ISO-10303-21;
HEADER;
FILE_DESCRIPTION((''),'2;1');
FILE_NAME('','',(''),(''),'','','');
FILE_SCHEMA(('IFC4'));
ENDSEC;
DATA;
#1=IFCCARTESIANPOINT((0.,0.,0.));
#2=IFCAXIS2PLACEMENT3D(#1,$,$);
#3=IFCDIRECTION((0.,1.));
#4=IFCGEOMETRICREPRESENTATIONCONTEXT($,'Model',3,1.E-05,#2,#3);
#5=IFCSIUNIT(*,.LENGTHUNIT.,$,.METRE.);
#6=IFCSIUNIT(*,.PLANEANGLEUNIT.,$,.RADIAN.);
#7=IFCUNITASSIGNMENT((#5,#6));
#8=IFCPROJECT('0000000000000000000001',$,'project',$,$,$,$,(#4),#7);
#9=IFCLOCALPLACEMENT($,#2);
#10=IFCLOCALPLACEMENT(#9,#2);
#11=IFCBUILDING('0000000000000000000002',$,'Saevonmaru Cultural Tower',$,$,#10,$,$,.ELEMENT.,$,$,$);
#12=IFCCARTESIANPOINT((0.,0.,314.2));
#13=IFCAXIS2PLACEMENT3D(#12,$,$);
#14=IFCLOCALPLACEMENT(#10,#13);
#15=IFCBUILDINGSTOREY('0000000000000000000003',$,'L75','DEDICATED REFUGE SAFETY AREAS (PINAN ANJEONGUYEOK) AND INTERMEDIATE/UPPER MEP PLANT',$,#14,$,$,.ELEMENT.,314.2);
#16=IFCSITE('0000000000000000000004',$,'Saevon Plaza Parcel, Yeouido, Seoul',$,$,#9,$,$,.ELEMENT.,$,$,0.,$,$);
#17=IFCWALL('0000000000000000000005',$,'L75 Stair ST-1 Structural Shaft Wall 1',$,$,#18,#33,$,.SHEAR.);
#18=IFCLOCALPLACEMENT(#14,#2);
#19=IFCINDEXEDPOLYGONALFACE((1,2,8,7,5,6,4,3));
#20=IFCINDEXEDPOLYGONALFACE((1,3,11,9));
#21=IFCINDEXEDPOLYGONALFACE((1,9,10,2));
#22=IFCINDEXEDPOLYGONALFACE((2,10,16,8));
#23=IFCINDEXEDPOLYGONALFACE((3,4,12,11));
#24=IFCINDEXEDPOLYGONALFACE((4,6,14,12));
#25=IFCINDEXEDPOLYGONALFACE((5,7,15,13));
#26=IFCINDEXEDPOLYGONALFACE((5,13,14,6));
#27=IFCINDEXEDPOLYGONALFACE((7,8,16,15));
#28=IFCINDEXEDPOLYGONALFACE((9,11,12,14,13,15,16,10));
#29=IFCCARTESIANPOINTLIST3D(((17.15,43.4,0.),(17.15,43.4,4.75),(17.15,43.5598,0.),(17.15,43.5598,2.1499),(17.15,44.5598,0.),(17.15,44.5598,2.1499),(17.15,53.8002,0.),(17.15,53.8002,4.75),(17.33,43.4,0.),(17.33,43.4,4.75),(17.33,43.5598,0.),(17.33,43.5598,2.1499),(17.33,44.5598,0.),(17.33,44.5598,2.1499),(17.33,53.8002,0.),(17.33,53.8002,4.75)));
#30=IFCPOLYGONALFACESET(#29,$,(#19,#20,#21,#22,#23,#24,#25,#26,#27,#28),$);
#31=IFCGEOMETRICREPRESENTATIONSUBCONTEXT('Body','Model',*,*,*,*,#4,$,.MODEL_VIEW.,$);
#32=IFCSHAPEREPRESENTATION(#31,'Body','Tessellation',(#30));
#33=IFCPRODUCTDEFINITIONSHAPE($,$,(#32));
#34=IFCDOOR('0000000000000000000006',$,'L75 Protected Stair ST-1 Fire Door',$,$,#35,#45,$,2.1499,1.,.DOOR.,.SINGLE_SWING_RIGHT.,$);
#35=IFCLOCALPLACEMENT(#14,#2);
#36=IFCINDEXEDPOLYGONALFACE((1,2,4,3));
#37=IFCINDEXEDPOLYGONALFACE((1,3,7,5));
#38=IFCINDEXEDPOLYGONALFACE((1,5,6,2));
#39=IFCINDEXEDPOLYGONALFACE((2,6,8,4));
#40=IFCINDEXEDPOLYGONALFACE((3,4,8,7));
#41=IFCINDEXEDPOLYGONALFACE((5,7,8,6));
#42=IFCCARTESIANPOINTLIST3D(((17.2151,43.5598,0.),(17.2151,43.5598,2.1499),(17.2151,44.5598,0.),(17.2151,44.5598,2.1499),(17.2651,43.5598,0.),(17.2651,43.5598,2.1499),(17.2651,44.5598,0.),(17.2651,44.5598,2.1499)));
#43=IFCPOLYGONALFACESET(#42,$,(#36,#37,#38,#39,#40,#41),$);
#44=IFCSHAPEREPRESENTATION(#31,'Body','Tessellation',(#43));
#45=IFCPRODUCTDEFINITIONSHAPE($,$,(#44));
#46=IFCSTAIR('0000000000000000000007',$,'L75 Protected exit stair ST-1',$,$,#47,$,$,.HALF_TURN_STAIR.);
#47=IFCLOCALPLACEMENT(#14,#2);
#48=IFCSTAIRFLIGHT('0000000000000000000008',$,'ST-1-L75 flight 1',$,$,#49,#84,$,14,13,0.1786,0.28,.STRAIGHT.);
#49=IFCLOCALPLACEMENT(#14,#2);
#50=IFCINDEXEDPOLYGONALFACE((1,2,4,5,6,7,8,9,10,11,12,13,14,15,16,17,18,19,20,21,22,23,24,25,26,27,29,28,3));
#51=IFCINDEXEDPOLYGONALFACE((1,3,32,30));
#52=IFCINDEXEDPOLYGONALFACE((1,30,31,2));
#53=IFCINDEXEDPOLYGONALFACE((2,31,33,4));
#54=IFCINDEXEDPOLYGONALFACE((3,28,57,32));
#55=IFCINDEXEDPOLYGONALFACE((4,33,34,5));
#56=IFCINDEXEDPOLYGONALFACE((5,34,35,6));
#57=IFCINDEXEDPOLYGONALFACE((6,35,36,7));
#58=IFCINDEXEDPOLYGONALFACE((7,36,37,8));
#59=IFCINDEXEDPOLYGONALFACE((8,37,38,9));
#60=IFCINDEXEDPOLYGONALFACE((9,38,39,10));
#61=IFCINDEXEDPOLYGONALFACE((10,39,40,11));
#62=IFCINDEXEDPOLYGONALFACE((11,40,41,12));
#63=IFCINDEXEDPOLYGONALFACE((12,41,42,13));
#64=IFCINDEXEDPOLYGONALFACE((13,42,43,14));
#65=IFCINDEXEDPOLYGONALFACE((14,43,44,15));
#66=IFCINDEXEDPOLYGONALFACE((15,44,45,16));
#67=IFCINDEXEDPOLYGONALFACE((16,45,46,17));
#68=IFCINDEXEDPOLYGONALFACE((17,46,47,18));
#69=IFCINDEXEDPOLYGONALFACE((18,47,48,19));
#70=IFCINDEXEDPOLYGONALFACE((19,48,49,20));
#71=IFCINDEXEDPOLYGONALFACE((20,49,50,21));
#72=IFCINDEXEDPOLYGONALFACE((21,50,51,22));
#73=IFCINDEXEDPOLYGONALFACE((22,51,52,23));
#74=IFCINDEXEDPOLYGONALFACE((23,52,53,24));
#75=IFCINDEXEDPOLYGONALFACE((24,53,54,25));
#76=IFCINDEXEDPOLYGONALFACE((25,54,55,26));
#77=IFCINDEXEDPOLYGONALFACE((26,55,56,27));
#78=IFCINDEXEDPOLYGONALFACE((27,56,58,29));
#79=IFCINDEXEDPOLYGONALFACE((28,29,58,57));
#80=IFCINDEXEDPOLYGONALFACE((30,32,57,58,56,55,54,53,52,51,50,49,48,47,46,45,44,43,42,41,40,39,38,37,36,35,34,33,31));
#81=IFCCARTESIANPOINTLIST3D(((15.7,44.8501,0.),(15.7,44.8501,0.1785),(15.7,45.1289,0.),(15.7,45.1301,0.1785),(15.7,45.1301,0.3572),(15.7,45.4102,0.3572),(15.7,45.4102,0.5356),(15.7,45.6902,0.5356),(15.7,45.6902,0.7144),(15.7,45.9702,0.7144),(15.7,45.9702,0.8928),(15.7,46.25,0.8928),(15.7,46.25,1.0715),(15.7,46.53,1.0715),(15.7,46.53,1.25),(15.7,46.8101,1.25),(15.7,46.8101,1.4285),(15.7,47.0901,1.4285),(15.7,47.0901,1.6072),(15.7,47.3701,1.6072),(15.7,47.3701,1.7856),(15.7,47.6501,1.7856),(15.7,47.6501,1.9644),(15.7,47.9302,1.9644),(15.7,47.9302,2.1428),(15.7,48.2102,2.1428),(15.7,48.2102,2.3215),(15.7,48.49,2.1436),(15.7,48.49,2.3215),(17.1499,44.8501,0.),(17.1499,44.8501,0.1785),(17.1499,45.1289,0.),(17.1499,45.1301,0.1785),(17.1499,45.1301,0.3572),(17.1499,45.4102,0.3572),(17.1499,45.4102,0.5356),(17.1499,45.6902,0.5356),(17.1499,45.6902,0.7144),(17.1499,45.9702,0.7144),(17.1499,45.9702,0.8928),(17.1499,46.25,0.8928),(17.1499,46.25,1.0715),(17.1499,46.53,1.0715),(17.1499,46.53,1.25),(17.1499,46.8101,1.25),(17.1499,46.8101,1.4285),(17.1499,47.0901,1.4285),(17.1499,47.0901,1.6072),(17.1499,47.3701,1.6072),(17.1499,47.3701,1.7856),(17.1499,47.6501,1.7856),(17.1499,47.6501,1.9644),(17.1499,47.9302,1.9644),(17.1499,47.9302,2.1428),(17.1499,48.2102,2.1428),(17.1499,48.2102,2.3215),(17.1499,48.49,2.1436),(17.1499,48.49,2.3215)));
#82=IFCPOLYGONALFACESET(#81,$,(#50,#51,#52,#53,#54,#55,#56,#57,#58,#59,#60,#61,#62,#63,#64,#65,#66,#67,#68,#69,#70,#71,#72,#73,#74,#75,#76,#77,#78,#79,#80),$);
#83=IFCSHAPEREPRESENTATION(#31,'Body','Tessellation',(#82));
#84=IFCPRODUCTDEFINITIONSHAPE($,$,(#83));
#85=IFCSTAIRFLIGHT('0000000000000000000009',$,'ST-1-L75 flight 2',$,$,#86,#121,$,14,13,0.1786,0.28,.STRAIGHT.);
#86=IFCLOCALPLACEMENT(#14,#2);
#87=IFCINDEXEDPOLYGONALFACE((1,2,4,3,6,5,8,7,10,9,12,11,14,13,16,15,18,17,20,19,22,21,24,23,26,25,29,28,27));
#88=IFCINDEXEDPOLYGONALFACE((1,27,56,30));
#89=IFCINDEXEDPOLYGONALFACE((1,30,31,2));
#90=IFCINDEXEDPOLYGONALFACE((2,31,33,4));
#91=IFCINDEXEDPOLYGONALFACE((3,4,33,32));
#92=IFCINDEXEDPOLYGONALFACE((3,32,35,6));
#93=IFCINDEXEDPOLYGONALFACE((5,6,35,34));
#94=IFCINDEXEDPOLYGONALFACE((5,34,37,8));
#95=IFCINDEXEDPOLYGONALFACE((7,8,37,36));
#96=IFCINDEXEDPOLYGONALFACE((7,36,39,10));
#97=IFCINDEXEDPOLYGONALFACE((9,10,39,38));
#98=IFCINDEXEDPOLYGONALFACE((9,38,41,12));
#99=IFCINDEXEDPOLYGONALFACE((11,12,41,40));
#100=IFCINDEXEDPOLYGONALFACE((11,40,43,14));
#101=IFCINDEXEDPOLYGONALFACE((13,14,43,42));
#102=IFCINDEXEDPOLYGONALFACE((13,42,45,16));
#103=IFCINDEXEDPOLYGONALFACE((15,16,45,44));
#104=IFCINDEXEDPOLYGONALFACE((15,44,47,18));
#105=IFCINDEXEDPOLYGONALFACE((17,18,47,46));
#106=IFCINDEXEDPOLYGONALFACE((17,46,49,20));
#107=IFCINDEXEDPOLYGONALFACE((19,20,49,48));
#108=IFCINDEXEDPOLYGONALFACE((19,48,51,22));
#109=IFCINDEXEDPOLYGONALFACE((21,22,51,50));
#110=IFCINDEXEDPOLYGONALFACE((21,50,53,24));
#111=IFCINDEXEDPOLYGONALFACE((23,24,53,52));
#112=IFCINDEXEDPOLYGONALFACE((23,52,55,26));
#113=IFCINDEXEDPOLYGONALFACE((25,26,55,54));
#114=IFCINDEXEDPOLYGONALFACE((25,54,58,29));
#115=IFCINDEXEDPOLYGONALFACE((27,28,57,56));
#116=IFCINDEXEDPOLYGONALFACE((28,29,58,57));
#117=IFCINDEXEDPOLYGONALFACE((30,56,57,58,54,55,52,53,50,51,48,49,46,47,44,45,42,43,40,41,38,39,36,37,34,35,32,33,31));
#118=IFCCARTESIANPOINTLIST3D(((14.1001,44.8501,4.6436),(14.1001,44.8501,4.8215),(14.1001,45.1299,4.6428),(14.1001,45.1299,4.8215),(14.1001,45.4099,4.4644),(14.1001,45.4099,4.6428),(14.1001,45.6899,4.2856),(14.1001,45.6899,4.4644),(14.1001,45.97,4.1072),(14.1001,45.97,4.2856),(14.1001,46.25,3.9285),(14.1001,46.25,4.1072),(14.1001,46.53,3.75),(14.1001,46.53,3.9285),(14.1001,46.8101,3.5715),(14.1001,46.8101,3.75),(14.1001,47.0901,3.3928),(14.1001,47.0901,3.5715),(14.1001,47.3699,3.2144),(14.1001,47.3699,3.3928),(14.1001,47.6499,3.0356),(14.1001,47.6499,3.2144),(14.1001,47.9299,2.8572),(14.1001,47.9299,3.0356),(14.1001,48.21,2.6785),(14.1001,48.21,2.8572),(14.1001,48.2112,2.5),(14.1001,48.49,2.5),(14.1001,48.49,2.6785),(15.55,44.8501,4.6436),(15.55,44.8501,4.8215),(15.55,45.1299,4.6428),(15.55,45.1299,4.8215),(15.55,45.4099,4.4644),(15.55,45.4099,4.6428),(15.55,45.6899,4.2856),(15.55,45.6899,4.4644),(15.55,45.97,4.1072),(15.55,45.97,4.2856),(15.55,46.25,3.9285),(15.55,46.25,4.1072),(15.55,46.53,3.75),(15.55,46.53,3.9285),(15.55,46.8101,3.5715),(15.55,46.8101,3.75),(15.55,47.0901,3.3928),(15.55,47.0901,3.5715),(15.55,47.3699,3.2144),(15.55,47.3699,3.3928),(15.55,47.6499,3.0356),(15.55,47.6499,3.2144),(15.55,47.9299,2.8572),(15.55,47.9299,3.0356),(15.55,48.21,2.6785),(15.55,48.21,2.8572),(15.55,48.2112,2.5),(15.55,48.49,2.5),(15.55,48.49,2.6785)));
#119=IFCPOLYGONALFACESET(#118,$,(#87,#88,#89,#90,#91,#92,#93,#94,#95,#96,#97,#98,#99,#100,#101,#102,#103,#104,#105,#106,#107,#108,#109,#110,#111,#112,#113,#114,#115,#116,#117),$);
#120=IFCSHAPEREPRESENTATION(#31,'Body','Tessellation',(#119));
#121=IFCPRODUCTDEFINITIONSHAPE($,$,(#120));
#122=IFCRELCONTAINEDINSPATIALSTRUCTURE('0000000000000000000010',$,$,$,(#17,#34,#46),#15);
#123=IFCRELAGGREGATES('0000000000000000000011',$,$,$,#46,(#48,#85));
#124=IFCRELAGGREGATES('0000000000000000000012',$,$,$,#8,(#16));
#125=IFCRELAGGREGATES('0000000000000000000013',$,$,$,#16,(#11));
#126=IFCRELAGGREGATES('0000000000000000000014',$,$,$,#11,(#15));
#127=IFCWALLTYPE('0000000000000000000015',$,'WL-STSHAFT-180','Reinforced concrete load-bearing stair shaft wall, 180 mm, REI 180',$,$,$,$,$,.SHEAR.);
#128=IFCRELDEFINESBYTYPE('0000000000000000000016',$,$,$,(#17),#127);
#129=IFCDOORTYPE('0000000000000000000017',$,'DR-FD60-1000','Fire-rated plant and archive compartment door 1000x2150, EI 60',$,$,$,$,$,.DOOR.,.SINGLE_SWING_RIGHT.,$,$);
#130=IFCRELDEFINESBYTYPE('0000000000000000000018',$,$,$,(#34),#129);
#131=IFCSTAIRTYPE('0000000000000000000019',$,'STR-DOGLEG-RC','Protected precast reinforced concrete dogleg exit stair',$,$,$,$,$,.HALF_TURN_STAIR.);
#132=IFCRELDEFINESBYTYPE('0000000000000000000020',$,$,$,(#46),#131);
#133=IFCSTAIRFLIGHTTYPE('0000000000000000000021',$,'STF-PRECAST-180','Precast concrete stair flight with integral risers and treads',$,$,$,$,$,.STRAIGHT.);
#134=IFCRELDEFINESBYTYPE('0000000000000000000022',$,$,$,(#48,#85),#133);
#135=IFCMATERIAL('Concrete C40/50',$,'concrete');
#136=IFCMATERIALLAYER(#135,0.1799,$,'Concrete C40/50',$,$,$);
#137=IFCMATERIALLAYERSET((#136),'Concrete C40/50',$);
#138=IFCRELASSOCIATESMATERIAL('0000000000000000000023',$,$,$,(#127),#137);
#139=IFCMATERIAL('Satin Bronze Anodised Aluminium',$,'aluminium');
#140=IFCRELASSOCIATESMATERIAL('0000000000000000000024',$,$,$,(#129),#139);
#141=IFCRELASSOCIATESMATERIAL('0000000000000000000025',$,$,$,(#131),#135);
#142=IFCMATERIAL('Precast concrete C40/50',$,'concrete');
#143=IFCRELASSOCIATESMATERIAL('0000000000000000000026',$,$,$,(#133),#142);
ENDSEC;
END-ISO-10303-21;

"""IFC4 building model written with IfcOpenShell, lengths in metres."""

from ifc_helpers import new_model, si_unit, direction, frame, frame_2d, origin, place, context, subcontext, project, spatial, polyline, rectangle, outline, extrude, material, layer, layer_set, type_object, element, fill, aggregate, save


model = new_model("IFC4")

# Units and contexts
model_context = context("Model", 3, precision=1e-05, world=origin(), true_north=direction((0.0, 1.0)))
body_context = subcontext(model_context, "Body", "Model", "MODEL_VIEW")
ifc_project = project(units=[si_unit("LENGTHUNIT", "METRE"), si_unit("PLANEANGLEUNIT", "RADIAN")], contexts=[model_context])

# Site, building, storey
site_placement = place(None, origin())
site = spatial("IfcSite", under=ifc_project, at=site_placement, Name="Saevon Plaza Parcel, Yeouido, Seoul", CompositionType="ELEMENT", RefElevation=0.0)
building_placement = place(site_placement, origin())
building = spatial("IfcBuilding", under=site, at=building_placement, Name="Saevonmaru Cultural Tower", CompositionType="ELEMENT")
storey_placement = place(building_placement, frame((0.0, 0.0, 314.2)))
storey = spatial("IfcBuildingStorey", under=building, at=storey_placement, Name="L75", Description="DEDICATED REFUGE SAFETY AREAS (PINAN ANJEONGUYEOK) AND INTERMEDIATE/UPPER MEP PLANT", CompositionType="ELEMENT", Elevation=314.2)

# Shared definitions
ifc_material_1 = material(Name="Satin Bronze Anodised Aluminium", Category="aluminium")

# Wall, opening, door
ifc_material_2 = material(Name="Concrete C40/50", Category="concrete")
ifc_layer_1 = layer(ifc_material_2, 0.1799, Name="Concrete C40/50")
ifc_layer_set_1 = layer_set([ifc_layer_1], Name="Concrete C40/50")
wall_type_1 = type_object("IfcWallType", Name="WL-STSHAFT-180", Description="Reinforced concrete load-bearing stair shaft wall, 180 mm, REI 180", PredefinedType="SHEAR", material=ifc_layer_set_1)
wall_1_placement = place(storey_placement, frame((17.24, 43.3999, 0.0), z_axis=(0.0, 0.0, 1.0), x_axis=(0.0, 1.0, 0.0)))
wall_1 = element("IfcWall", 1, at=wall_1_placement, inside=storey, type_object=wall_type_1, Name="L75 Stair ST-1 Structural Shaft Wall 1", PredefinedType="SHEAR", context=body_context, shape_type="SweptSolid", body=[
    extrude(rectangle(XDim=10.4001, YDim=0.1799, at=frame_2d((5.2002, 0.0))), origin(), (0.0, 0.0, 1.0), 4.75),
])
opening_1_placement = place(wall_1_placement, frame((0.1599, 0.0, 0.0)))
opening_1 = element("IfcOpeningElement", 2, at=opening_1_placement, cuts=wall_1, PredefinedType="OPENING", context=body_context, shape_type="SweptSolid", body=[
    extrude(rectangle(XDim=1.0, YDim=2.1499, at=frame_2d((0.5, 1.075))), frame((0.0, 0.1001, 0.0), z_axis=(0.0, -1.0, 0.0), x_axis=(1.0, 0.0, 0.0)), (0.0, 0.0, 1.0), 0.2),
])
door_type_1 = type_object("IfcDoorType", Name="DR-FD60-1000", Description="Fire-rated plant and archive compartment door 1000x2150, EI 60", OperationType="SINGLE_SWING_RIGHT", PredefinedType="DOOR", material=ifc_material_1)
door_1_placement = place(opening_1_placement, origin())
door_1 = element("IfcDoor", 3, at=door_1_placement, inside=storey, type_object=door_type_1, Name="L75 Protected Stair ST-1 Fire Door", OperationType="SINGLE_SWING_RIGHT", OverallHeight=2.1499, OverallWidth=1.0, PredefinedType="DOOR", context=body_context, shape_type="SweptSolid", body=[
    extrude(rectangle(XDim=1.0, YDim=2.1499, at=frame_2d((0.5, 1.075))), frame((0.0, 0.0249, 0.0), z_axis=(0.0, -1.0, 0.0), x_axis=(1.0, 0.0, 0.0)), (0.0, 0.0, 1.0), 0.05),
])
fill(opening_1, door_1)

# Stair, stair flights
stair_type = type_object("IfcStairType", Name="STR-DOGLEG-RC", Description="Protected precast reinforced concrete dogleg exit stair", PredefinedType="HALF_TURN_STAIR", material=ifc_material_2)
stair_placement = place(storey_placement, origin())
stair = element("IfcStair", 4, at=stair_placement, inside=storey, type_object=stair_type, Name="L75 Protected exit stair ST-1", PredefinedType="HALF_TURN_STAIR")
ifc_material_3 = material(Name="Precast concrete C40/50", Category="concrete")
stair_flight_type = type_object("IfcStairFlightType", Name="STF-PRECAST-180", Description="Precast concrete stair flight with integral risers and treads", PredefinedType="STRAIGHT", material=ifc_material_3)
stair_flight_1_placement = place(storey_placement, frame((16.425, 44.8501, 0.0), z_axis=(0.0, 0.0, 1.0), x_axis=(0.0, 1.0, 0.0)))
stair_flight_1 = element("IfcStairFlight", 5, at=stair_flight_1_placement, type_object=stair_flight_type, Name="ST-1-L75 flight 1", NumberOfRisers=14, NumberOfTreads=13, PredefinedType="STRAIGHT", RiserHeight=0.1786, TreadLength=0.28, context=body_context, shape_type="SweptSolid", body=[
    extrude(outline(polyline([(0.0, 0.0), (0.0, 0.1785), (0.28, 0.1785), (0.28, 0.3572), (0.5601, 0.3572), (0.5601, 0.5356), (0.8401, 0.5356), (0.8401, 0.7144), (1.1201, 0.7144), (1.1201, 0.8928), (1.3999, 0.8928), (1.3999, 1.0715), (1.6799, 1.0715), (1.6799, 1.25), (1.96, 1.25), (1.96, 1.4285), (2.24, 1.4285), (2.24, 1.6072), (2.52, 1.6072), (2.52, 1.7856), (2.8, 1.7856), (2.8, 1.9644), (3.0801, 1.9644), (3.0801, 2.1428), (3.3601, 2.1428), (3.3601, 2.3215), (3.6399, 2.3215), (3.6399, 2.5), (3.6399, 2.1436), (0.2788, 0.0), (0.0, 0.0)])), frame((0.0, 0.7251, 0.0), z_axis=(0.0, -1.0, 0.0), x_axis=(1.0, 0.0, 0.0)), (0.0, 0.0, 1.0), 1.45),
])
stair_flight_2_placement = place(storey_placement, frame((14.825, 48.49, 2.5), z_axis=(0.0, 0.0, 1.0), x_axis=(0.0, -1.0, 0.0)))
stair_flight_2 = element("IfcStairFlight", 6, at=stair_flight_2_placement, type_object=stair_flight_type, Name="ST-1-L75 flight 2", NumberOfRisers=14, NumberOfTreads=13, PredefinedType="STRAIGHT", RiserHeight=0.1786, TreadLength=0.28, context=body_context, shape_type="SweptSolid", body=[
    extrude(outline(polyline([(0.0, 0.0), (0.0, 0.1785), (0.28, 0.1785), (0.28, 0.3572), (0.5601, 0.3572), (0.5601, 0.5356), (0.8401, 0.5356), (0.8401, 0.7144), (1.1201, 0.7144), (1.1201, 0.8928), (1.3999, 0.8928), (1.3999, 1.0715), (1.6799, 1.0715), (1.6799, 1.25), (1.96, 1.25), (1.96, 1.4285), (2.24, 1.4285), (2.24, 1.6072), (2.52, 1.6072), (2.52, 1.7856), (2.8, 1.7856), (2.8, 1.9644), (3.0801, 1.9644), (3.0801, 2.1428), (3.3601, 2.1428), (3.3601, 2.3215), (3.6399, 2.3215), (3.6399, 2.5), (3.6399, 2.1436), (0.2788, 0.0), (0.0, 0.0)])), frame((0.0, 0.7251, 0.0), z_axis=(0.0, -1.0, 0.0), x_axis=(1.0, 0.0, 0.0)), (0.0, 0.0, 1.0), 1.45),
])
aggregate(stair, [stair_flight_1, stair_flight_2])

save(model, "model.ifc")
